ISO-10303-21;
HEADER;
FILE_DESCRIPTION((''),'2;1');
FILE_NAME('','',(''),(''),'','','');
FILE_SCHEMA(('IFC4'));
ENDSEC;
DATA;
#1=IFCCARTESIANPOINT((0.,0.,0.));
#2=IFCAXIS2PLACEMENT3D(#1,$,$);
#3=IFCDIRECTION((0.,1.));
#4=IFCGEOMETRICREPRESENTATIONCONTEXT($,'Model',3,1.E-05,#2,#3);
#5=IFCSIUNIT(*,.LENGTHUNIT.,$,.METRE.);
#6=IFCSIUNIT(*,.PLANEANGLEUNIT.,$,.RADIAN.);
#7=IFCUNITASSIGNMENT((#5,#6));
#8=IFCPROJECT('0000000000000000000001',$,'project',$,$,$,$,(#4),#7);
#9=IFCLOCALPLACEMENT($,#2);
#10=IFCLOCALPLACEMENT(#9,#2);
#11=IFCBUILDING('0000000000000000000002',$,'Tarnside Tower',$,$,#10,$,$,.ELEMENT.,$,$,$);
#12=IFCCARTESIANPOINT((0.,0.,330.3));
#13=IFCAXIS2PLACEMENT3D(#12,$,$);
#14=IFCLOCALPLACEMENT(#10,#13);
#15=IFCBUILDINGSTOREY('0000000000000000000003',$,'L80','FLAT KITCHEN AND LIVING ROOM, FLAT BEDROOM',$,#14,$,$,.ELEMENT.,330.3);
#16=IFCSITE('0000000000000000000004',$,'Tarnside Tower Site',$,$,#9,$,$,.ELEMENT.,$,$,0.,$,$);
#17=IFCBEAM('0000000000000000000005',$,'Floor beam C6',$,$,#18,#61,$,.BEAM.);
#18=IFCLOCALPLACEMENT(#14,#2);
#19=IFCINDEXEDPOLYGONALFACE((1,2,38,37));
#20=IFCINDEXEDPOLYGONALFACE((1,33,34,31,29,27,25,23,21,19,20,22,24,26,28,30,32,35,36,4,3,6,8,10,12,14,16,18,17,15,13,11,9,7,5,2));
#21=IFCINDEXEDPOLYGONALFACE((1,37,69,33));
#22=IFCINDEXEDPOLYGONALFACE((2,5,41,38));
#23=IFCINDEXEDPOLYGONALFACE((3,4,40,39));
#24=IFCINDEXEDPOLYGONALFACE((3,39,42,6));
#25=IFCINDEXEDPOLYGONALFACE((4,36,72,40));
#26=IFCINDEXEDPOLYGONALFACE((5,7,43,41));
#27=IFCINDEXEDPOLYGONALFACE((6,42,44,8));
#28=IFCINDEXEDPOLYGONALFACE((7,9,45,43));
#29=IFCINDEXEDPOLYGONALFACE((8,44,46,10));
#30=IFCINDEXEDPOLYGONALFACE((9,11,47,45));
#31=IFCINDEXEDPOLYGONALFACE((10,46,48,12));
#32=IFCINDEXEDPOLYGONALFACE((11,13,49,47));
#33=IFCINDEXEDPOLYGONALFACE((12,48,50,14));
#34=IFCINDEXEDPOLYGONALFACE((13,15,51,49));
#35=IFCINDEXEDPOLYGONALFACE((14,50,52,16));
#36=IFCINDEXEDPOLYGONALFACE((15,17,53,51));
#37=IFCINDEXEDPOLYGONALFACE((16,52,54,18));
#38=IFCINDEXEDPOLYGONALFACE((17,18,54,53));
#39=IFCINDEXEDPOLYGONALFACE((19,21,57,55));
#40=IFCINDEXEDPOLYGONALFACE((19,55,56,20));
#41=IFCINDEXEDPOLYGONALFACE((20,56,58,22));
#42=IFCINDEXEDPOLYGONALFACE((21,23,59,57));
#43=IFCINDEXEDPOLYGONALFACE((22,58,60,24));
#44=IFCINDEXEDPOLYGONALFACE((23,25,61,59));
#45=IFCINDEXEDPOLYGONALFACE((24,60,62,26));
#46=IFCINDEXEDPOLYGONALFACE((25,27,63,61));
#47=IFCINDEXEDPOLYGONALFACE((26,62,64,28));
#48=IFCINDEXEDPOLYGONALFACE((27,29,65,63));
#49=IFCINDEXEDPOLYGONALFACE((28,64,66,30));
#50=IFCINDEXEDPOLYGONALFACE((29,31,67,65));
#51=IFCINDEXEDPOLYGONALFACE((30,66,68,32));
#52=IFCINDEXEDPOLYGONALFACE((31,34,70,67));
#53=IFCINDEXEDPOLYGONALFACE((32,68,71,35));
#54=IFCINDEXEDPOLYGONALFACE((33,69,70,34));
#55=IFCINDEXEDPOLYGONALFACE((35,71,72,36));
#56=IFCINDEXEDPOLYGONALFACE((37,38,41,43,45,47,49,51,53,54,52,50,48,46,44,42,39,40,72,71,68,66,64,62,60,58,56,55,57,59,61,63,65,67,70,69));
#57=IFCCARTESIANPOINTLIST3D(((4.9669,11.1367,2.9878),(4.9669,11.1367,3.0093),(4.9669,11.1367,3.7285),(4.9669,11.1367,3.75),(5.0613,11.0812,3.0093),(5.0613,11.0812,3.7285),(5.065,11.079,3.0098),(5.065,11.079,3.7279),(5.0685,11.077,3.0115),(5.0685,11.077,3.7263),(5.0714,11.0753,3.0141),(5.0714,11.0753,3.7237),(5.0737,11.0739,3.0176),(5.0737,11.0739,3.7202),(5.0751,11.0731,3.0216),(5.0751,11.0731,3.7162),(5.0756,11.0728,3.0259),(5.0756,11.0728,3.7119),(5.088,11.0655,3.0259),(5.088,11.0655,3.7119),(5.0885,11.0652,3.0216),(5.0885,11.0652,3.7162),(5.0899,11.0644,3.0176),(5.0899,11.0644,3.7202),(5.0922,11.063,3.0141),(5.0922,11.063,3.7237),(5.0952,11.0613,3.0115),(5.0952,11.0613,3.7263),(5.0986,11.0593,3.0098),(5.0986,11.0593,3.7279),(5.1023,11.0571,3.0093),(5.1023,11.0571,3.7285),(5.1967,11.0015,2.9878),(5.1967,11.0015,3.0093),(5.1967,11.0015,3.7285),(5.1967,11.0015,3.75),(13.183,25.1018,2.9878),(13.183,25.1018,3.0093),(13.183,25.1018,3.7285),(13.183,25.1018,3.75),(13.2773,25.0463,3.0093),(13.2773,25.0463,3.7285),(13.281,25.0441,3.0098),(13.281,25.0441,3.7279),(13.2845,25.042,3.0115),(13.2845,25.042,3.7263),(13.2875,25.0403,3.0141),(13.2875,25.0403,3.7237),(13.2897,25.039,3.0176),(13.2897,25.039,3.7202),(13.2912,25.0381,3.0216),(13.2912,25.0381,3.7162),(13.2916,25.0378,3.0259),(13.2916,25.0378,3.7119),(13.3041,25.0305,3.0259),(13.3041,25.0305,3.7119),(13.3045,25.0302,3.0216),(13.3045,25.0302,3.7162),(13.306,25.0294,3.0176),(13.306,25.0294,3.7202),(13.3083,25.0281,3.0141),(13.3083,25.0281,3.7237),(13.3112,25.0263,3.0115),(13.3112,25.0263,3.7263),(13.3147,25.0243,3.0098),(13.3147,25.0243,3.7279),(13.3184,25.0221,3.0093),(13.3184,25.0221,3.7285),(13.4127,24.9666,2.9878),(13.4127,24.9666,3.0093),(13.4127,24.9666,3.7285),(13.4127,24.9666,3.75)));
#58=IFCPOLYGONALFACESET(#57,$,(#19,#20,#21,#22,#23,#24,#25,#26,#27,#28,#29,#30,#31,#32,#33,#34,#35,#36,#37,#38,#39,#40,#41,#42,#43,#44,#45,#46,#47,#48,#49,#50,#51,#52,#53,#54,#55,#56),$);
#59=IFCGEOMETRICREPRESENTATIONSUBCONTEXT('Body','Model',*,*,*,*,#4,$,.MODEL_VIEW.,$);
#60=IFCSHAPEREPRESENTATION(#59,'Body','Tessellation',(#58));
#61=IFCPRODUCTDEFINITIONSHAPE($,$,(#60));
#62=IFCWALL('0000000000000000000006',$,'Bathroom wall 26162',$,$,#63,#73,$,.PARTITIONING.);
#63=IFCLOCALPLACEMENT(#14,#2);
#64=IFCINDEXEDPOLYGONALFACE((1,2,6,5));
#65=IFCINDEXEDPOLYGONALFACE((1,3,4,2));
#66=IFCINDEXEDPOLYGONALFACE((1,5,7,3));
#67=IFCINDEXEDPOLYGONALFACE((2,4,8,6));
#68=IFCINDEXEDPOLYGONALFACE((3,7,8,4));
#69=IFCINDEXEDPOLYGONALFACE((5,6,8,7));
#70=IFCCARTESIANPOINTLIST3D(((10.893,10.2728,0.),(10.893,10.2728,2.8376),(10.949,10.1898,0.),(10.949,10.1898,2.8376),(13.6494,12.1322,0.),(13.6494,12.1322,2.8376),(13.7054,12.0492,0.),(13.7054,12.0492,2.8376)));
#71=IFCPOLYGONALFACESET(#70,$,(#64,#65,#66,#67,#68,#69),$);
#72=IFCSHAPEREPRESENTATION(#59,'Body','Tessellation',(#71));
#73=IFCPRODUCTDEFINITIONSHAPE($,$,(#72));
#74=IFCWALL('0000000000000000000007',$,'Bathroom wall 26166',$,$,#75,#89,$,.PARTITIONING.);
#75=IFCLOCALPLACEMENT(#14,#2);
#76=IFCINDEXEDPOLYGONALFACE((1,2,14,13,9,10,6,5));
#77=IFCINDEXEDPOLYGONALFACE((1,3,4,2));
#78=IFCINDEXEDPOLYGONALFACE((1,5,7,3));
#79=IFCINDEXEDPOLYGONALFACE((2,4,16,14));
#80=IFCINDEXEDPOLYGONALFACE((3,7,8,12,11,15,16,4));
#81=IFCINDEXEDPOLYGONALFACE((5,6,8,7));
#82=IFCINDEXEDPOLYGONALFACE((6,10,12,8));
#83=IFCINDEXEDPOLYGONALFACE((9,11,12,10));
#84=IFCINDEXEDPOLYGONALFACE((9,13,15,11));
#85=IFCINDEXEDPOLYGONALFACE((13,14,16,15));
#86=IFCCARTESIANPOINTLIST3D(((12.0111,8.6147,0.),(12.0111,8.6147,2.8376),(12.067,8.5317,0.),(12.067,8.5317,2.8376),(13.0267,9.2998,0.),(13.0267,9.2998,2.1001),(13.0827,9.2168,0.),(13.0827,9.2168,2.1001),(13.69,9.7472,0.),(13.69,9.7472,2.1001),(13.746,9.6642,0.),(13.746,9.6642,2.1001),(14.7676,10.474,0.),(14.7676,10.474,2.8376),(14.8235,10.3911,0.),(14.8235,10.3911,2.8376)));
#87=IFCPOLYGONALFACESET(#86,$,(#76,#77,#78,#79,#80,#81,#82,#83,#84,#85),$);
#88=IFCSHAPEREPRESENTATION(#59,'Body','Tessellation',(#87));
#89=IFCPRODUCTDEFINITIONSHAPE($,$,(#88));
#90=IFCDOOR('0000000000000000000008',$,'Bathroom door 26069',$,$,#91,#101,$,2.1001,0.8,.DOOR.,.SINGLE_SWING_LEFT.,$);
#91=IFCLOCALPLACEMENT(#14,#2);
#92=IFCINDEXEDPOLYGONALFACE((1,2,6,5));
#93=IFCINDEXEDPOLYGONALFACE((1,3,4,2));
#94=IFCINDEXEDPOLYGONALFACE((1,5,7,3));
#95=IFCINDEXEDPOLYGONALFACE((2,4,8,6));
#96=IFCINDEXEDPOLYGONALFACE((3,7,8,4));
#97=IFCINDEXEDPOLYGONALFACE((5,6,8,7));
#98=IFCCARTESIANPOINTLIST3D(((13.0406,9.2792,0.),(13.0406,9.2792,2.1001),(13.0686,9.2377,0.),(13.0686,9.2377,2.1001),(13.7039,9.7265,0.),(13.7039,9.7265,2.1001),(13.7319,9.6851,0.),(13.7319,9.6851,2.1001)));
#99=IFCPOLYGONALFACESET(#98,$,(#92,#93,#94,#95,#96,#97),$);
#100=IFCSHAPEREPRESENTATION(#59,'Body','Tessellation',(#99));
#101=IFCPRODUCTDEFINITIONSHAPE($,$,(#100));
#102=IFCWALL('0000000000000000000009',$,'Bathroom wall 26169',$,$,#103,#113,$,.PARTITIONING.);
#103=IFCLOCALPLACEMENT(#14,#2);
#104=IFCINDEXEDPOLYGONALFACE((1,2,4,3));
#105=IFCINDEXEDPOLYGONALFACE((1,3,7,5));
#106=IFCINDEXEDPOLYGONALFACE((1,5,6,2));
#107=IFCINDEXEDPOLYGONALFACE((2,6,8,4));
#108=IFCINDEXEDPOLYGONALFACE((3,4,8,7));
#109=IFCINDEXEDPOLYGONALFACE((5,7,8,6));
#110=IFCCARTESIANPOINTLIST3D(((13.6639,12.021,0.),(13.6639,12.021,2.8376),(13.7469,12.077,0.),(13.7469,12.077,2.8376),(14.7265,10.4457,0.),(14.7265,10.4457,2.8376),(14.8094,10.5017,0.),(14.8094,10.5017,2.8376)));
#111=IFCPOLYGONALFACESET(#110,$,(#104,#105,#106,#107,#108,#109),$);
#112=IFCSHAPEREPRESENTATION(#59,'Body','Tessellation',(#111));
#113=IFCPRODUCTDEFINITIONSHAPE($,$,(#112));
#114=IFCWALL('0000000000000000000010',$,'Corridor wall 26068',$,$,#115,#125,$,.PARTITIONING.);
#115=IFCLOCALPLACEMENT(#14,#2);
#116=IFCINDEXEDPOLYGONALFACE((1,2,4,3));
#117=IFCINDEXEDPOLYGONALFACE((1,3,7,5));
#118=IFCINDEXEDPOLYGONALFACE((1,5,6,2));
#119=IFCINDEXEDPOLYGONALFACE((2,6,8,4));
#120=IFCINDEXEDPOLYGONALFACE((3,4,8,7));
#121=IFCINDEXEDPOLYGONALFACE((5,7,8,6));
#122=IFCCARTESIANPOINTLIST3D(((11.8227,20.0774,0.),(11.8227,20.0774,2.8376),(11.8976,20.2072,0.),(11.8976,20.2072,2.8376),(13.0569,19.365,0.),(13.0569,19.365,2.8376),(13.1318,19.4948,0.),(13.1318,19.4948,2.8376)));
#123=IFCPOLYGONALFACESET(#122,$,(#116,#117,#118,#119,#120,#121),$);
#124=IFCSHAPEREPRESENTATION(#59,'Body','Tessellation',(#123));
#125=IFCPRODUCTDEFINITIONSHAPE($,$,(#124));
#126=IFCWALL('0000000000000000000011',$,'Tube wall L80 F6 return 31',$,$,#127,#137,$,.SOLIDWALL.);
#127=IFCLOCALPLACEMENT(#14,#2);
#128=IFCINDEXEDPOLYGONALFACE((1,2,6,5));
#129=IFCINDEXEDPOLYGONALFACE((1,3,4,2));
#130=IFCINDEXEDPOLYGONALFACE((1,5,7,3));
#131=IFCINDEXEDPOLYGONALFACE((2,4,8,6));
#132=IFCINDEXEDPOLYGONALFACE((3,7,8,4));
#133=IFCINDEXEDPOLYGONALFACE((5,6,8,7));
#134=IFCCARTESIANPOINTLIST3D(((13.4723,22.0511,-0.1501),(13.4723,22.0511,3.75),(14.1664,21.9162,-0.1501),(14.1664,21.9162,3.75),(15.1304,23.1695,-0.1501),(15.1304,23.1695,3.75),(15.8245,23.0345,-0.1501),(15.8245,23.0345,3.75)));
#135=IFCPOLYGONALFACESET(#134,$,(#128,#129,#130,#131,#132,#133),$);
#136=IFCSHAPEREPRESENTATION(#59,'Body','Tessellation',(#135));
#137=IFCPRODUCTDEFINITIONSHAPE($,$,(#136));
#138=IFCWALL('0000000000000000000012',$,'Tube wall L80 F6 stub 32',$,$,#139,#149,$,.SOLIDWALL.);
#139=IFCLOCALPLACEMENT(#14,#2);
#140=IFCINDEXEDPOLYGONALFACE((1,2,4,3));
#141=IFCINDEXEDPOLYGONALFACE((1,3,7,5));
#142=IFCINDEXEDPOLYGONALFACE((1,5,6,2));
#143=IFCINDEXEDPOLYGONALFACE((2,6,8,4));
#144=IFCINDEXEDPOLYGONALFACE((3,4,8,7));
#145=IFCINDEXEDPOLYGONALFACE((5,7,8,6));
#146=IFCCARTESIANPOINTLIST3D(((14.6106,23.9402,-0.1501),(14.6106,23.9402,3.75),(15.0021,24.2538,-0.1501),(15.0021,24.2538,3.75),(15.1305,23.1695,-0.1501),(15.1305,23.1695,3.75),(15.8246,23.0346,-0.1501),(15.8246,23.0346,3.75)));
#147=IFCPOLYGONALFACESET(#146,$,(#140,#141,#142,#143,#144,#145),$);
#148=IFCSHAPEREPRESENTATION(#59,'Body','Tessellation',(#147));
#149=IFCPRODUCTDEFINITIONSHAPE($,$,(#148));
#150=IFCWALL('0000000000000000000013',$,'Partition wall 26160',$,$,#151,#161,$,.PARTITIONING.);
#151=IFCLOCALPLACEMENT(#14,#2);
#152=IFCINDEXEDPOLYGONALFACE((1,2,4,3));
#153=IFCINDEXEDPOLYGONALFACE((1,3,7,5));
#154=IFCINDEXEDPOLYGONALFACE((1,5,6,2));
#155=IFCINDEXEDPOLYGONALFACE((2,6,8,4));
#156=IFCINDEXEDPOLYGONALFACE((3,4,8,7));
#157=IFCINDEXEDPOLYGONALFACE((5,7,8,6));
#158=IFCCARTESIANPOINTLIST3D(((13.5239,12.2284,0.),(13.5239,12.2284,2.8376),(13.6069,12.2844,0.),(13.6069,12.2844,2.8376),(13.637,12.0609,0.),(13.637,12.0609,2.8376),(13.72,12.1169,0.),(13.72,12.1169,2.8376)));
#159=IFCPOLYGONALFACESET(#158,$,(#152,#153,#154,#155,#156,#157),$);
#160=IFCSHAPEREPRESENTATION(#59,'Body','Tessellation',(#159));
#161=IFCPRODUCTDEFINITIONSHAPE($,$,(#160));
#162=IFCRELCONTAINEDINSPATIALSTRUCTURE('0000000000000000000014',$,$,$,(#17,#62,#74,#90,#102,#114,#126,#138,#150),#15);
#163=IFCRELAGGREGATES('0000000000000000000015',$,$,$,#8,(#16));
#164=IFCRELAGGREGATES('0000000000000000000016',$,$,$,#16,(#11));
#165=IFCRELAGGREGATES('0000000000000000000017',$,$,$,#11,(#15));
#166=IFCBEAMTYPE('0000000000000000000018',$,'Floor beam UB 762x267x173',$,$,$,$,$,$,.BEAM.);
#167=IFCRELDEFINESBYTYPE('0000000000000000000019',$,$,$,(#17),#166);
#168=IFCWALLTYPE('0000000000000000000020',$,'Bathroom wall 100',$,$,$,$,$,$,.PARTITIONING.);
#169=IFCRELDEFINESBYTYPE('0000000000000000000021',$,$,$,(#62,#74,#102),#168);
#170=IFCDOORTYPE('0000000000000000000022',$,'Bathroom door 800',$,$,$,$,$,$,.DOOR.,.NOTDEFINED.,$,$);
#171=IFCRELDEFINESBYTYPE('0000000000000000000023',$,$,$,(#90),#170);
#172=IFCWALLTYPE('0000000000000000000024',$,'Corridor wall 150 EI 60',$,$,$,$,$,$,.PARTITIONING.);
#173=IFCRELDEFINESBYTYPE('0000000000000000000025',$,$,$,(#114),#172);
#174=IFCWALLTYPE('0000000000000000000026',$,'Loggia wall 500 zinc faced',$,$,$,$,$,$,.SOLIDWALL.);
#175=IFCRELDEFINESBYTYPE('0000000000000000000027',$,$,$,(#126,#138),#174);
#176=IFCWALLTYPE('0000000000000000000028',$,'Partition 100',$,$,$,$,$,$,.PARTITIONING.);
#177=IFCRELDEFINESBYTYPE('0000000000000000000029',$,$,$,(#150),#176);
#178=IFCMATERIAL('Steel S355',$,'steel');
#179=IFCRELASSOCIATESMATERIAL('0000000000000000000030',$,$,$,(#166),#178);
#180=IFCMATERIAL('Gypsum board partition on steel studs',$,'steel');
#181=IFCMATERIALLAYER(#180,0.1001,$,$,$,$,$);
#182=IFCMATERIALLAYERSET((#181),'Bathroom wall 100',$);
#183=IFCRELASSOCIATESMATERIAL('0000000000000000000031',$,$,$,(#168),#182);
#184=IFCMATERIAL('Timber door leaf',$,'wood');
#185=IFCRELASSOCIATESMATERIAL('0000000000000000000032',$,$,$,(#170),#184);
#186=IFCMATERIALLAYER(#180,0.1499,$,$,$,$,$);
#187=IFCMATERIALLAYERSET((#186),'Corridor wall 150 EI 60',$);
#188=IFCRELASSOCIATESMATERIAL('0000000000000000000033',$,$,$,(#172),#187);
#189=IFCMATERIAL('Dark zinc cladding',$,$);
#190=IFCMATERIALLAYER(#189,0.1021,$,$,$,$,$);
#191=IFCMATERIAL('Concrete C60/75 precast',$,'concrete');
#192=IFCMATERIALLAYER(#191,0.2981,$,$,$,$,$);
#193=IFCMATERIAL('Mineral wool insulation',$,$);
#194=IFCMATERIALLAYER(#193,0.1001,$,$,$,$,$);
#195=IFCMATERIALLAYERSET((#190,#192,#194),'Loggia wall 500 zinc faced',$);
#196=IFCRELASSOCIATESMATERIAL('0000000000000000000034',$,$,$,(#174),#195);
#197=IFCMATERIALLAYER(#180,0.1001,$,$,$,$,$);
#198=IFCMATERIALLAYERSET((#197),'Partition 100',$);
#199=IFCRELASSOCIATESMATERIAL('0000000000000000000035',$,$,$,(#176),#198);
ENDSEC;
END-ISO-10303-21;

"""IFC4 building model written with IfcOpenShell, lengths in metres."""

from ifc_helpers import new_model, si_unit, direction, frame, frame_2d, origin, origin_2d, place, context, subcontext, project, spatial, polyline, rectangle, i_section, outline, extrude, material, layer, layer_set, material_profile, profile_set, type_object, element, fill, save


model = new_model("IFC4")

# Units and contexts
model_context = context("Model", 3, precision=1e-05, world=origin(), true_north=direction((0.0, 1.0)))
body_context = subcontext(model_context, "Body", "Model", "MODEL_VIEW")
ifc_project = project(units=[si_unit("LENGTHUNIT", "METRE"), si_unit("PLANEANGLEUNIT", "RADIAN")], contexts=[model_context])

# Site, building, storey
site_placement = place(None, origin())
site = spatial("IfcSite", under=ifc_project, at=site_placement, Name="Tarnside Tower Site", CompositionType="ELEMENT", RefElevation=0.0)
building_placement = place(site_placement, origin())
building = spatial("IfcBuilding", under=site, at=building_placement, Name="Tarnside Tower", CompositionType="ELEMENT")
storey_placement = place(building_placement, frame((0.0, 0.0, 330.3)))
storey = spatial("IfcBuildingStorey", under=building, at=storey_placement, Name="L80", Description="FLAT KITCHEN AND LIVING ROOM, FLAT BEDROOM", CompositionType="ELEMENT", Elevation=330.3)

# Beam
ifc_material_1 = material(Name="Steel S355", Category="steel")
ifc_material_profile_1 = material_profile(ifc_material_1, i_section(OverallWidth=0.2666, OverallDepth=0.7622, WebThickness=0.0144, FlangeThickness=0.0215, FilletRadius=0.0166, at=origin_2d()), Name="UB 762x267x173")
ifc_profile_set_1 = profile_set([ifc_material_profile_1], Name="Steel S355")
beam_type_1 = type_object("IfcBeamType", Name="Floor beam UB 762x267x173", PredefinedType="BEAM", material=ifc_profile_set_1)
beam_1_placement = place(storey_placement, frame((13.2979, 25.0342, 3.3689), z_axis=(-0.50708, -0.861899, 0.0), x_axis=(0.861899, -0.50708, 0.0)))
element("IfcBeam", 1, at=beam_1_placement, inside=storey, type_object=beam_type_1, Name="Floor beam C6", PredefinedType="BEAM", context=body_context, shape_type="SweptSolid", body=[
    extrude(i_section(OverallWidth=0.2666, OverallDepth=0.7622, WebThickness=0.0144, FlangeThickness=0.0215, FilletRadius=0.0166, at=origin_2d()), origin(), (0.0, 0.0, 1.0), 16.2026),
])

# Wall
ifc_material_2 = material(Name="Gypsum board partition on steel studs", Category="steel")
ifc_layer_1 = layer(ifc_material_2, 0.1001)
ifc_layer_set_1 = layer_set([ifc_layer_1], Name="Bathroom wall 100")
wall_type_1 = type_object("IfcWallType", Name="Bathroom wall 100", PredefinedType="PARTITIONING", material=ifc_layer_set_1)
wall_1_placement = place(storey_placement, frame((10.9209, 10.2312, 0.0), z_axis=(0.0, 0.0, 1.0), x_axis=(0.82901, 0.559233, 0.0)))
element("IfcWall", 2, at=wall_1_placement, inside=storey, type_object=wall_type_1, Name="Bathroom wall 26162", PredefinedType="PARTITIONING", context=body_context, shape_type="SweptSolid", body=[
    extrude(rectangle(XDim=3.325, YDim=0.1001, at=frame_2d((1.6626, 0.0))), origin(), (0.0, 0.0, 1.0), 2.8376),
])

# Wall, opening, door
wall_2_placement = place(storey_placement, frame((14.7957, 10.4326, 0.0), z_axis=(0.0, 0.0, 1.0), x_axis=(-0.829033, -0.559199, 0.0)))
wall_2 = element("IfcWall", 3, at=wall_2_placement, inside=storey, type_object=wall_type_1, Name="Bathroom wall 26166", PredefinedType="PARTITIONING", context=body_context, shape_type="SweptSolid", body=[
    extrude(rectangle(XDim=3.325, YDim=0.1001, at=frame_2d((1.6626, 0.0))), origin(), (0.0, 0.0, 1.0), 2.8376),
])
opening_1_placement = place(wall_2_placement, frame((1.3, 0.0, 0.0)))
opening_1 = element("IfcOpeningElement", 4, at=opening_1_placement, cuts=wall_2, PredefinedType="OPENING", context=body_context, shape_type="SweptSolid", body=[
    extrude(rectangle(XDim=0.8, YDim=2.1001, at=frame_2d((0.3999, 1.05))), frame((0.0, 0.0601, 0.0), z_axis=(0.0, -1.0, 0.0), x_axis=(1.0, 0.0, 0.0)), (0.0, 0.0, 1.0), 0.1201),
])
ifc_material_3 = material(Name="Timber door leaf", Category="wood")
door_type_1 = type_object("IfcDoorType", Name="Bathroom door 800", OperationType="NOTDEFINED", PredefinedType="DOOR", material=ifc_material_3)
door_1_placement = place(opening_1_placement, origin())
door_1 = element("IfcDoor", 5, at=door_1_placement, inside=storey, type_object=door_type_1, Name="Bathroom door 26069", OperationType="SINGLE_SWING_LEFT", OverallHeight=2.1001, OverallWidth=0.8, PredefinedType="DOOR", context=body_context, shape_type="SweptSolid", body=[
    extrude(rectangle(XDim=0.8, YDim=2.1001, at=frame_2d((0.3999, 1.05))), frame((0.0, 0.0249, 0.0), z_axis=(0.0, -1.0, 0.0), x_axis=(1.0, 0.0, 0.0)), (0.0, 0.0, 1.0), 0.05),
])
fill(opening_1, door_1)

# Walls
wall_3_placement = place(storey_placement, frame((13.7053, 12.0491, 0.0), z_axis=(0.0, 0.0, 1.0), x_axis=(0.559199, -0.829033, 0.0)))
element("IfcWall", 6, at=wall_3_placement, inside=storey, type_object=wall_type_1, Name="Bathroom wall 26169", PredefinedType="PARTITIONING", context=body_context, shape_type="SweptSolid", body=[
    extrude(rectangle(XDim=1.9001, YDim=0.1001, at=frame_2d((0.9502, 0.0))), origin(), (0.0, 0.0, 1.0), 2.8376),
])
ifc_layer_2 = layer(ifc_material_2, 0.1499)
ifc_layer_set_2 = layer_set([ifc_layer_2], Name="Corridor wall 150 EI 60")
wall_type_2 = type_object("IfcWallType", Name="Corridor wall 150 EI 60", PredefinedType="PARTITIONING", material=ifc_layer_set_2)
wall_4_placement = place(storey_placement, frame((13.0942, 19.4299, 0.0), z_axis=(0.0, 0.0, 1.0), x_axis=(-0.866063, 0.499935, 0.0)))
element("IfcWall", 7, at=wall_4_placement, inside=storey, type_object=wall_type_2, Name="Corridor wall 26068", PredefinedType="PARTITIONING", context=body_context, shape_type="SweptSolid", body=[
    extrude(rectangle(XDim=1.425, YDim=0.1499, at=frame_2d((0.7124, 0.0))), origin(), (0.0, 0.0, 1.0), 2.8376),
])
ifc_material_4 = material(Name="Dark zinc cladding")
ifc_layer_3 = layer(ifc_material_4, 0.1021)
ifc_material_5 = material(Name="Concrete C60/75 precast", Category="concrete")
ifc_layer_4 = layer(ifc_material_5, 0.2981)
ifc_material_6 = material(Name="Mineral wool insulation")
ifc_layer_5 = layer(ifc_material_6, 0.1001)
ifc_layer_set_3 = layer_set([ifc_layer_3, ifc_layer_4, ifc_layer_5], Name="Loggia wall 500 zinc faced")
wall_type_3 = type_object("IfcWallType", Name="Loggia wall 500 zinc faced", PredefinedType="SOLIDWALL", material=ifc_layer_set_3)
wall_5_placement = place(storey_placement, frame((13.8193, 21.9836, -0.1501), z_axis=(0.0, 0.0, 1.0), x_axis=(0.829052, 0.559171, 0.0)))
element("IfcWall", 8, at=wall_5_placement, inside=storey, type_object=wall_type_3, Name="Tube wall L80 F6 return 31", PredefinedType="SOLIDWALL", context=body_context, shape_type="SweptSolid", body=[
    extrude(outline(polyline([(0.25, -0.25), (2.25, -0.25), (1.75, 0.25), (-0.25, 0.25), (0.25, -0.25)])), origin(), (0.0, 0.0, 1.0), 3.9001),
])
wall_6_placement = place(storey_placement, frame((15.4775, 23.1021, -0.1501), z_axis=(0.0, 0.0, 1.0), x_axis=(-0.559246, 0.829002, 0.0)))
element("IfcWall", 9, at=wall_6_placement, inside=storey, type_object=wall_type_3, Name="Tube wall L80 F6 stub 32", PredefinedType="SOLIDWALL", context=body_context, shape_type="SweptSolid", body=[
    extrude(outline(polyline([(-0.25, -0.25), (1.2207, -0.25), (1.1797, 0.25), (0.25, 0.25), (-0.25, -0.25)])), origin(), (0.0, 0.0, 1.0), 3.9001),
])
ifc_layer_6 = layer(ifc_material_2, 0.1001)
ifc_layer_set_4 = layer_set([ifc_layer_6], Name="Partition 100")
wall_type_4 = type_object("IfcWallType", Name="Partition 100", PredefinedType="PARTITIONING", material=ifc_layer_set_4)
wall_7_placement = place(storey_placement, frame((13.6785, 12.0889, 0.0), z_axis=(0.0, 0.0, 1.0), x_axis=(-0.559431, 0.828877, 0.0)))
element("IfcWall", 10, at=wall_7_placement, inside=storey, type_object=wall_type_4, Name="Partition wall 26160", PredefinedType="PARTITIONING", context=body_context, shape_type="SweptSolid", body=[
    extrude(rectangle(XDim=0.2021, YDim=0.1001, at=frame_2d((0.1011, 0.0))), origin(), (0.0, 0.0, 1.0), 2.8376),
])

save(model, "model.ifc")
